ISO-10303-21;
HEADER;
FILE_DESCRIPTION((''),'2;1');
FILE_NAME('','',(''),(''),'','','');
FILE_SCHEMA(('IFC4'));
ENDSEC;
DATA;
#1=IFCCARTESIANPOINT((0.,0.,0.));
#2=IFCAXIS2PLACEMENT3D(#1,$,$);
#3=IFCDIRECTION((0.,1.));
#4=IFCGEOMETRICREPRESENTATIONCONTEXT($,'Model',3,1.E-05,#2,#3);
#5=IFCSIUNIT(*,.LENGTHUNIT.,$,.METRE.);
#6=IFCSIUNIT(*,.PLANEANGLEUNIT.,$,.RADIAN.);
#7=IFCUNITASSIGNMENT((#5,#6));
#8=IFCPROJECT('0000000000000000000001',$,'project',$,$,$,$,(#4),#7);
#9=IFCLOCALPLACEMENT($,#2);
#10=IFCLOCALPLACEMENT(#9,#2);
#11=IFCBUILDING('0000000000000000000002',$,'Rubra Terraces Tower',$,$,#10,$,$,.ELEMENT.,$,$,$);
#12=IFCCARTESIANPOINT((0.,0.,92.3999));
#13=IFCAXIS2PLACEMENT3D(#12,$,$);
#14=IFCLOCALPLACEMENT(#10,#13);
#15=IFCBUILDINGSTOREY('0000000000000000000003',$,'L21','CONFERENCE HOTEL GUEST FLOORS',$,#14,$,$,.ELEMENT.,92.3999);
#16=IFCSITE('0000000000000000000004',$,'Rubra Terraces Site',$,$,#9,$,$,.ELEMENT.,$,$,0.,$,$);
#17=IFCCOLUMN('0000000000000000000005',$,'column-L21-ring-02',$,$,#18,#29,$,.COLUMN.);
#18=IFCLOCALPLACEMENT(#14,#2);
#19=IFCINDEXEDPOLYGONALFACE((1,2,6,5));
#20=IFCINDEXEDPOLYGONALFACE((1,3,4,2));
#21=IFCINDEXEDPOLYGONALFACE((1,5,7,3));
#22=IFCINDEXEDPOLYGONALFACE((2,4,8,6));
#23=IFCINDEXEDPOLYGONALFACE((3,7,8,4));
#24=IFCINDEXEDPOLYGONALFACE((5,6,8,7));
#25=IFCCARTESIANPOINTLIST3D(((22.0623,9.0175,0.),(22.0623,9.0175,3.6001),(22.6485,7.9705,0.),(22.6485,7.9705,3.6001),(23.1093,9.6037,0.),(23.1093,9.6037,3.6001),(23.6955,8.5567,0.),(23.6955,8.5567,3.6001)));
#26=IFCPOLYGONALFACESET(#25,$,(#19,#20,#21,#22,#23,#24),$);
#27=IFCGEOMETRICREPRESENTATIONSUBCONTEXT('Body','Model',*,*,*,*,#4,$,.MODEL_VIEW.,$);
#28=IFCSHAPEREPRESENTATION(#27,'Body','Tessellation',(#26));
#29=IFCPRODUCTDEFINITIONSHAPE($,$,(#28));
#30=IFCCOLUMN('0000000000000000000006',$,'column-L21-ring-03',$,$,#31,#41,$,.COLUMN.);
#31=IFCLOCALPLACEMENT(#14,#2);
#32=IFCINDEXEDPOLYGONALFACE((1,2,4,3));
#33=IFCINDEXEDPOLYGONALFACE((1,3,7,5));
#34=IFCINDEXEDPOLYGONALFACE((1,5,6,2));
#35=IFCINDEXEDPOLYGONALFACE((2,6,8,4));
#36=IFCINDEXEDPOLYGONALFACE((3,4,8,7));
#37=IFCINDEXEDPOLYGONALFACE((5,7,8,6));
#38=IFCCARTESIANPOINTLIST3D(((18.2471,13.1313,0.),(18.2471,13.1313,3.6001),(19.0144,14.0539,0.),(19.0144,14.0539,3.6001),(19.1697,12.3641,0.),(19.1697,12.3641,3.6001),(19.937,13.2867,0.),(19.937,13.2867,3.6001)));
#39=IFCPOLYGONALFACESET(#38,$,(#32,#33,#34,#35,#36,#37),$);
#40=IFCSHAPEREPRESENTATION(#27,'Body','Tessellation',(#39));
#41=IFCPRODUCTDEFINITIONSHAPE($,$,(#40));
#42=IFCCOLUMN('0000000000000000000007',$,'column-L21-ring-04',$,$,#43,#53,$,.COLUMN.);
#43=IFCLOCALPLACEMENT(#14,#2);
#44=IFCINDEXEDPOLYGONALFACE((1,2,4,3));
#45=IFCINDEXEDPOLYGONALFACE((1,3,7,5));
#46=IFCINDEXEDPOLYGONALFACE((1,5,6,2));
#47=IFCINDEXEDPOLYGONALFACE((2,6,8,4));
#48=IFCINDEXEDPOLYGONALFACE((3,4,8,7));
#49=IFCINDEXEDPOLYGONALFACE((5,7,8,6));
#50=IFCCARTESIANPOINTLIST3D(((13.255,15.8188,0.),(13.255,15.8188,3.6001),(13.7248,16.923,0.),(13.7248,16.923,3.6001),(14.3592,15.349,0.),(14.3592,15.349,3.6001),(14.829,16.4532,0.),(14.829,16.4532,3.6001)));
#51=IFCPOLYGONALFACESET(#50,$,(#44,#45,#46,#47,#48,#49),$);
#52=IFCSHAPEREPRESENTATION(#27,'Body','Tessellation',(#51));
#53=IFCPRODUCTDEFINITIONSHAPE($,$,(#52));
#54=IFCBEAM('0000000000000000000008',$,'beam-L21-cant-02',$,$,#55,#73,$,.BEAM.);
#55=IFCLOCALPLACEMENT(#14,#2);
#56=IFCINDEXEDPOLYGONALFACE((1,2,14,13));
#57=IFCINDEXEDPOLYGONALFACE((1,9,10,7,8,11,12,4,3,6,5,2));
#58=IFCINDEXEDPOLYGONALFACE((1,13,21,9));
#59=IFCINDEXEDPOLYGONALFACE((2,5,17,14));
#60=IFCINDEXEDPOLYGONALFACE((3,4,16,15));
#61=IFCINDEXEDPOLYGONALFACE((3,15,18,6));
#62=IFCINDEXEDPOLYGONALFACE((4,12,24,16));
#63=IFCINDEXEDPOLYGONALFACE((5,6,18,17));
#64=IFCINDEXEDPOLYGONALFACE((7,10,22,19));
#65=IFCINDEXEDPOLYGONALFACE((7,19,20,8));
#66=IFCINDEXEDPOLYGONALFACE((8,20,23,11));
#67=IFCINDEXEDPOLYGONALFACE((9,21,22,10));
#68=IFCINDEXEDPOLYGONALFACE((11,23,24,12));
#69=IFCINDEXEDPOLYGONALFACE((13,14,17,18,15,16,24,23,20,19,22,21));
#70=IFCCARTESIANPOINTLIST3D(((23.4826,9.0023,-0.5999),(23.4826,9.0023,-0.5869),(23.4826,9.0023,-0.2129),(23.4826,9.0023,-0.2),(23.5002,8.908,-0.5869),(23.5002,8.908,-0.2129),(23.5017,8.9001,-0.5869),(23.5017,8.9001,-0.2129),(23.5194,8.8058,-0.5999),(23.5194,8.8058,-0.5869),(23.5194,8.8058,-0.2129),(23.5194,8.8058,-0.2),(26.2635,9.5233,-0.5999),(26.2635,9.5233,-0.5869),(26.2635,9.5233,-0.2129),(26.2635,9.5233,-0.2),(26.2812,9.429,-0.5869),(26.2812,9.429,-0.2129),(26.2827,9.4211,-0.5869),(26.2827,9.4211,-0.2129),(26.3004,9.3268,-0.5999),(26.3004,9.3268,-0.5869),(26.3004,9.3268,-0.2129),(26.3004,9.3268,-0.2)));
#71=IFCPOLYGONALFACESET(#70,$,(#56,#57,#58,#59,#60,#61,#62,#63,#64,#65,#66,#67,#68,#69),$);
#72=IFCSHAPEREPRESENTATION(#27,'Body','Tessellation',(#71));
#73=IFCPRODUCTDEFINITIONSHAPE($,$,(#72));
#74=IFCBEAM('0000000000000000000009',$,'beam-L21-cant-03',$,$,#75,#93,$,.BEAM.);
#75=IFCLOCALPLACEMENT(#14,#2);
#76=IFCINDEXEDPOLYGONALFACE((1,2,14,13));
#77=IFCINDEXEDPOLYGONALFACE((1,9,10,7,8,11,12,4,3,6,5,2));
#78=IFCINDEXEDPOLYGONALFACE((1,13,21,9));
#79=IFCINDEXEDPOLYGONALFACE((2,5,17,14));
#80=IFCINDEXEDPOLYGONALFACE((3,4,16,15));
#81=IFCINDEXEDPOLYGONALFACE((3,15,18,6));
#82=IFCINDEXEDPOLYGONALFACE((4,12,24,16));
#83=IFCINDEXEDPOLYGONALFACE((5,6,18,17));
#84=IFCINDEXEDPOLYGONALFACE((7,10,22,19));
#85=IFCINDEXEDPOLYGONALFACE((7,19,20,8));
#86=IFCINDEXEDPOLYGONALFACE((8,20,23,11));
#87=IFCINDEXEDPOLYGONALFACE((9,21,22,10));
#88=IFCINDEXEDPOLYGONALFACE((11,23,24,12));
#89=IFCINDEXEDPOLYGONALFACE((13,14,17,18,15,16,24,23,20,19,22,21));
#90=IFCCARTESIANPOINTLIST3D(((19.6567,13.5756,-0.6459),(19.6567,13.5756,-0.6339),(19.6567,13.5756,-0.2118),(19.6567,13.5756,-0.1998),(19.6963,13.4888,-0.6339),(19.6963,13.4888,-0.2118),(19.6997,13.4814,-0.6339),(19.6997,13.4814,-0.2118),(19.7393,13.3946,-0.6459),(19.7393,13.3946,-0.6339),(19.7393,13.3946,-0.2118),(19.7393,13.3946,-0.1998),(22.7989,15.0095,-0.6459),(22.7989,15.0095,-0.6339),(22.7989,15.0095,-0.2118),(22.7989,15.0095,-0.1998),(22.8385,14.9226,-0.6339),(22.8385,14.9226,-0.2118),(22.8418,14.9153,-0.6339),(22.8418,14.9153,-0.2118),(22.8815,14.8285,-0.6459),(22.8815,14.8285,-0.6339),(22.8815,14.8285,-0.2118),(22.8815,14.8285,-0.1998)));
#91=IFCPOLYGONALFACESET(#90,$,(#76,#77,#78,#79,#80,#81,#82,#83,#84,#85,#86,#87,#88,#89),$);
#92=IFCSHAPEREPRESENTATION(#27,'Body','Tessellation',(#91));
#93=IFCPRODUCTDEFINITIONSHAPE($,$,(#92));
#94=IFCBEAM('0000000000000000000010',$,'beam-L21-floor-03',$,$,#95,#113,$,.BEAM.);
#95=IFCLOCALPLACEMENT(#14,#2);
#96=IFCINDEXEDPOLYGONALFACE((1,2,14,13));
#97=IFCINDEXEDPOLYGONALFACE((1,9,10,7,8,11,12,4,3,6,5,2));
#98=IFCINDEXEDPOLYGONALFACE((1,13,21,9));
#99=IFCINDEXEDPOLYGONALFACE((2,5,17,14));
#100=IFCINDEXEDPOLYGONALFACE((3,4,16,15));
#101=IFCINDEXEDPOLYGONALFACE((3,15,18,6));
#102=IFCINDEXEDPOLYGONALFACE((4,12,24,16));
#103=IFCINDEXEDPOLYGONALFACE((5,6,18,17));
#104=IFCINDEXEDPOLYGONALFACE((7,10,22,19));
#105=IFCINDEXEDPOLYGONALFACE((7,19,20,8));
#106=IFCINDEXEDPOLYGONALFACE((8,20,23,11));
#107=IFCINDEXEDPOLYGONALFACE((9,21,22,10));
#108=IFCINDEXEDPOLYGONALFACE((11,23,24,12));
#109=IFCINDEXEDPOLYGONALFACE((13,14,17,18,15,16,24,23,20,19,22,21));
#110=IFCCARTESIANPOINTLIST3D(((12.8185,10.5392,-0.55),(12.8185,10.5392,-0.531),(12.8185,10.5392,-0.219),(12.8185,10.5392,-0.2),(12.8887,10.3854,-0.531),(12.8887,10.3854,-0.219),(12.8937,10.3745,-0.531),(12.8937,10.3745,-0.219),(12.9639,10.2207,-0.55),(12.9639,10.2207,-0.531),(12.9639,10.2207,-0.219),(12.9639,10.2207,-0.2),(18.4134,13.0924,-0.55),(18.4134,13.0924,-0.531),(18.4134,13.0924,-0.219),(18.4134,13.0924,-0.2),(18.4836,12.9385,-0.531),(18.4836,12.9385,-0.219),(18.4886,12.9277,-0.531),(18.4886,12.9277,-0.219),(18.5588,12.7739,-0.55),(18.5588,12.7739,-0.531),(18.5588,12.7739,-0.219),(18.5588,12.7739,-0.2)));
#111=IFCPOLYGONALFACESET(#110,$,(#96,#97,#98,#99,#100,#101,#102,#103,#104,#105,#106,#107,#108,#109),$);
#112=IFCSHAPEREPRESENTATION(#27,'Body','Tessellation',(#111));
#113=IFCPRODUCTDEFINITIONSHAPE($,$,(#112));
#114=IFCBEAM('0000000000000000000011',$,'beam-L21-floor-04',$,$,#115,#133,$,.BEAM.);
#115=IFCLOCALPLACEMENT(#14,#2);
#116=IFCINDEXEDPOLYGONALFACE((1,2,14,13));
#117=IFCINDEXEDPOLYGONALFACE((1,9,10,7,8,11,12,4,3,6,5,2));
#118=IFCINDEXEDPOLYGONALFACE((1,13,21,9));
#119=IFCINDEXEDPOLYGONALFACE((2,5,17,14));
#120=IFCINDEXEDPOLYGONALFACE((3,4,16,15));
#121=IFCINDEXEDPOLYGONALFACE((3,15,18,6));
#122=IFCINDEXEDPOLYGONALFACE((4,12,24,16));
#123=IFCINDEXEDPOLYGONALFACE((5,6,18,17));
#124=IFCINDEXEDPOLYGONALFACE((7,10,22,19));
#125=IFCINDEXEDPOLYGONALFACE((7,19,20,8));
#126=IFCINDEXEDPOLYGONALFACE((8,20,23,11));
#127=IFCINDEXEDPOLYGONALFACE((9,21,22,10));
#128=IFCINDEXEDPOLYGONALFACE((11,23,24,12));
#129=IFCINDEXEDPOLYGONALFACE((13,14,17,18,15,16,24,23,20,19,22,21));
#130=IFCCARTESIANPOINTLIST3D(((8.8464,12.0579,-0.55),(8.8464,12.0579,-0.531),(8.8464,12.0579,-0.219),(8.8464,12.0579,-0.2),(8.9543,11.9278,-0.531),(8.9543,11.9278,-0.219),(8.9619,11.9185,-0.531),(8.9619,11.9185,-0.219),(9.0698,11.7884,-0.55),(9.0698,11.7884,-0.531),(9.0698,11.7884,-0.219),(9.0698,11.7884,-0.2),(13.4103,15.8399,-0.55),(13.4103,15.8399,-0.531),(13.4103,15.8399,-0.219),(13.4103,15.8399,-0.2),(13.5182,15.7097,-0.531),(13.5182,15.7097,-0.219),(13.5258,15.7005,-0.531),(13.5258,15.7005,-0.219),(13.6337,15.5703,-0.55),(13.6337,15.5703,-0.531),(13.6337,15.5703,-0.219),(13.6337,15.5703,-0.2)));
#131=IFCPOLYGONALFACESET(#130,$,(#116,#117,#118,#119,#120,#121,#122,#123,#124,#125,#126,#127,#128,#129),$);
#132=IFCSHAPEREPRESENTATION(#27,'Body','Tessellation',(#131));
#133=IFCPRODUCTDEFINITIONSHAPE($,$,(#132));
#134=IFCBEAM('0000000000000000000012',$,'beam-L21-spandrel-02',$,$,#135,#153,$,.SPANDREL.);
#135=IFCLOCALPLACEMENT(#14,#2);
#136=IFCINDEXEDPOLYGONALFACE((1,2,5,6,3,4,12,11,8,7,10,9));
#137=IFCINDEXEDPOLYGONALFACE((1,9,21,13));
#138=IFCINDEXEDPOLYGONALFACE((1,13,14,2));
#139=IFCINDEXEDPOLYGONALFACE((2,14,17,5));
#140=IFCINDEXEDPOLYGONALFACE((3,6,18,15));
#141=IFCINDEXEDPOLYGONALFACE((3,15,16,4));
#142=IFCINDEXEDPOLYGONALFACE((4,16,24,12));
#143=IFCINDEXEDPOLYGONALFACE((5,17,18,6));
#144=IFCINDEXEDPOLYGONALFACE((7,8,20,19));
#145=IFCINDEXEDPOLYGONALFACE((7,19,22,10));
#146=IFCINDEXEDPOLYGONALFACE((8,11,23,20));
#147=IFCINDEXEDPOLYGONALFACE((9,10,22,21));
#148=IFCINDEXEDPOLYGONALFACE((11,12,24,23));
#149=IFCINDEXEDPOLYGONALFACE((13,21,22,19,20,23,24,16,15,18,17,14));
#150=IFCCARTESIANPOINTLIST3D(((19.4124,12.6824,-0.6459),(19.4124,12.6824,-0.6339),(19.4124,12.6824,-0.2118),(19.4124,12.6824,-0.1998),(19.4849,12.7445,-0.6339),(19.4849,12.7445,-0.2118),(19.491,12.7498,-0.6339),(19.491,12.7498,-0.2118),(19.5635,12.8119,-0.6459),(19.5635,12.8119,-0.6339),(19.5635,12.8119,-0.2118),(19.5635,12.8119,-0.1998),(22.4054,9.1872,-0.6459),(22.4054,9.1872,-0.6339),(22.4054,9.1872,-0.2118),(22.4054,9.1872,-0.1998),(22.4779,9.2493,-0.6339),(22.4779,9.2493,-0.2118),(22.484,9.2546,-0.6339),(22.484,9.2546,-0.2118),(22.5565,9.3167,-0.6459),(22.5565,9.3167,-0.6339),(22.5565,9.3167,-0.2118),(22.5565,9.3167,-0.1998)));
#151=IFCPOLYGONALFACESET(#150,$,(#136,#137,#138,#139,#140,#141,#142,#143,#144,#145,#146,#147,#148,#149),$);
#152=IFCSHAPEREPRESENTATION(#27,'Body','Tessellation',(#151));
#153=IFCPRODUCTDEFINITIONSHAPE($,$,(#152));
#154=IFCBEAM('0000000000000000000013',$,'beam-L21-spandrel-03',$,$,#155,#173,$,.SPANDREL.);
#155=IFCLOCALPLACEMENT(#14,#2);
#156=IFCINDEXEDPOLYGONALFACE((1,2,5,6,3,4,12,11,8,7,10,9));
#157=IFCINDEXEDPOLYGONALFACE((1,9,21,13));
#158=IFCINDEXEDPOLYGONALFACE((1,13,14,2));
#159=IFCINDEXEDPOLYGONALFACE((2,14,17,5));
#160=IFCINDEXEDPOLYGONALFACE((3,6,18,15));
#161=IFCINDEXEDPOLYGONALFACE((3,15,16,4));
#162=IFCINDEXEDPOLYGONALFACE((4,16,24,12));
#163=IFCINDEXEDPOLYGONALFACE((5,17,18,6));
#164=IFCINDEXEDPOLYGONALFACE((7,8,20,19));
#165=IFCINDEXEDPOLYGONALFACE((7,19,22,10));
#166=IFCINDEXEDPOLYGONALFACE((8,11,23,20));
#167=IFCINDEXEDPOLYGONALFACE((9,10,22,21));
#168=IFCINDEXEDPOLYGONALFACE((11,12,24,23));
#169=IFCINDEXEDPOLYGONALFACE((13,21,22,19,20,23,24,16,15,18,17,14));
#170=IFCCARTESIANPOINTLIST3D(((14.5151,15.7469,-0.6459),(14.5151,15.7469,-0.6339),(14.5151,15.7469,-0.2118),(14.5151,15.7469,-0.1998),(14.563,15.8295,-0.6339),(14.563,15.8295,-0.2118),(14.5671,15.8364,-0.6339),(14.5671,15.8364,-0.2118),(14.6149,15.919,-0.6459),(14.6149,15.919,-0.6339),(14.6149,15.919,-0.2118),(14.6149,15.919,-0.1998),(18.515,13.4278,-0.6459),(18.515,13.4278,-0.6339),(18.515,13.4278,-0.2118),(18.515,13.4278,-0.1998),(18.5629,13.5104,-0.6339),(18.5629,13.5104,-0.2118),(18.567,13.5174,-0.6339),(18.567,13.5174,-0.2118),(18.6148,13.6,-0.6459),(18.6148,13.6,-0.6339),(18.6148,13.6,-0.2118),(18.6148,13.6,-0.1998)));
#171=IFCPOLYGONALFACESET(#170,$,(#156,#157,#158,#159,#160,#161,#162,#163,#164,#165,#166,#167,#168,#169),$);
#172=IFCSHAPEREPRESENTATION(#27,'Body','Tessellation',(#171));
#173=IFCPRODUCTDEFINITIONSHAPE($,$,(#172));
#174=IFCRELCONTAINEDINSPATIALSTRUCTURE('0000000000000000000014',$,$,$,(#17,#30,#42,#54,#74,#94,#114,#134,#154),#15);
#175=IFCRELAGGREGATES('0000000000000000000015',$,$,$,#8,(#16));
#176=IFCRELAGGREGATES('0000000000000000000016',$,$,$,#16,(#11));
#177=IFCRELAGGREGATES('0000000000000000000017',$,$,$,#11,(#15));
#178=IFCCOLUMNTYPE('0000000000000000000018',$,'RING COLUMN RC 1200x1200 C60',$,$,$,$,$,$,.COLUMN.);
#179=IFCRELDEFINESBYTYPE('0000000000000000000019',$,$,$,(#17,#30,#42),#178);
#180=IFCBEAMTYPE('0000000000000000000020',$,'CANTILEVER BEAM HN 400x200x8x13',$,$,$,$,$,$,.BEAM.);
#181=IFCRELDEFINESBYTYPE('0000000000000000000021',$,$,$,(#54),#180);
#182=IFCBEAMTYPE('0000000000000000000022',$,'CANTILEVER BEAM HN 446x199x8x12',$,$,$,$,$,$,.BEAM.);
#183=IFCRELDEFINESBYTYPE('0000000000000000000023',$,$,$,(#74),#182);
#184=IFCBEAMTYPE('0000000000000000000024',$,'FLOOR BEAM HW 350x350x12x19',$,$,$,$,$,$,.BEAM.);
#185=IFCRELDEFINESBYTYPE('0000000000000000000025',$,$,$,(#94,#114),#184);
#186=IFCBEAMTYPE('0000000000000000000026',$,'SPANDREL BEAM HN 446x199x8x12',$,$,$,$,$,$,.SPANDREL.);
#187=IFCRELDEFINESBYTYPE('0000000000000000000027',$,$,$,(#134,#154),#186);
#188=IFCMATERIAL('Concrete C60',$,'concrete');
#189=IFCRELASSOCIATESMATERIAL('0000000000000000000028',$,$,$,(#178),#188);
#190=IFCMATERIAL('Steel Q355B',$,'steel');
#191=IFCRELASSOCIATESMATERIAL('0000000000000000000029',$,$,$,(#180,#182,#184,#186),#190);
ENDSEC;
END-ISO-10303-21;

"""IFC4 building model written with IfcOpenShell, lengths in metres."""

from ifc_helpers import new_model, si_unit, direction, frame, origin, origin_2d, place, context, subcontext, project, spatial, rectangle, i_section, extrude, material, material_profile, profile_set, type_object, element, save


model = new_model("IFC4")

# Units and contexts
model_context = context("Model", 3, precision=1e-05, world=origin(), true_north=direction((0.0, 1.0)))
body_context = subcontext(model_context, "Body", "Model", "MODEL_VIEW")
ifc_project = project(units=[si_unit("LENGTHUNIT", "METRE"), si_unit("PLANEANGLEUNIT", "RADIAN")], contexts=[model_context])

# Site, building, storey
site_placement = place(None, origin())
site = spatial("IfcSite", under=ifc_project, at=site_placement, Name="Rubra Terraces Site", CompositionType="ELEMENT", RefElevation=0.0)
building_placement = place(site_placement, origin())
building = spatial("IfcBuilding", under=site, at=building_placement, Name="Rubra Terraces Tower", CompositionType="ELEMENT")
storey_placement = place(building_placement, frame((0.0, 0.0, 92.3999)))
storey = spatial("IfcBuildingStorey", under=building, at=storey_placement, Name="L21", Description="CONFERENCE HOTEL GUEST FLOORS", CompositionType="ELEMENT", Elevation=92.3999)

# Columns
ifc_material_1 = material(Name="Concrete C60", Category="concrete")
ifc_material_profile_1 = material_profile(ifc_material_1, rectangle(XDim=1.2, YDim=1.2, at=origin_2d()), Name="RC 1200x1200")
ifc_profile_set_1 = profile_set([ifc_material_profile_1], Name="Concrete C60")
column_type = type_object("IfcColumnType", Name="RING COLUMN RC 1200x1200 C60", PredefinedType="COLUMN", material=ifc_profile_set_1)
for number, where, z_axis, x_axis, name in (
    (1, (22.8789, 8.7871, 0.0), (0.0, 0.0, 1.0), (-0.488526, 0.872549, 0.0), "column-L21-ring-02"),
    (2, (19.092, 13.209, 0.0), (0.0, 0.0, 1.0), (-0.76887, 0.639405, 0.0), "column-L21-ring-03"),
    (3, (14.042, 16.136, 0.0), (0.0, 0.0, 1.0), (-0.920168, 0.391524, 0.0), "column-L21-ring-04"),
):
    element("IfcColumn", number, at=place(storey_placement, frame(where, z_axis=z_axis, x_axis=x_axis)), inside=storey, type_object=column_type, Name=name, PredefinedType="COLUMN", context=body_context, shape_type="SweptSolid", body=[
        extrude(rectangle(XDim=1.2, YDim=1.2, at=origin_2d()), origin(), (0.0, 0.0, 1.0), 3.6001),
    ])

# Beams
ifc_material_2 = material(Name="Steel Q355B", Category="steel")
ifc_material_profile_2 = material_profile(ifc_material_2, i_section(OverallWidth=0.2, OverallDepth=0.3999, WebThickness=0.0081, FlangeThickness=0.0129, at=origin_2d()), Name="HN 400x200x8x13")
ifc_profile_set_2 = profile_set([ifc_material_profile_2], Name="Steel Q355B")
beam_type_1 = type_object("IfcBeamType", Name="CANTILEVER BEAM HN 400x200x8x13", PredefinedType="BEAM", material=ifc_profile_set_2)
beam_1_placement = place(storey_placement, frame((23.501, 8.9041, -0.3999), z_axis=(0.982901, 0.184137, 0.0), x_axis=(-0.184137, 0.982901, 0.0)))
element("IfcBeam", 4, at=beam_1_placement, inside=storey, type_object=beam_type_1, Name="beam-L21-cant-02", PredefinedType="BEAM", context=body_context, shape_type="SweptSolid", body=[
    extrude(i_section(OverallWidth=0.2, OverallDepth=0.3999, WebThickness=0.0081, FlangeThickness=0.0129, at=origin_2d()), origin(), (0.0, 0.0, 1.0), 2.8293),
])
ifc_material_profile_3 = material_profile(ifc_material_2, i_section(OverallWidth=0.199, OverallDepth=0.446, WebThickness=0.0081, FlangeThickness=0.012, at=origin_2d()), Name="HN 446x199x8x12")
ifc_profile_set_3 = profile_set([ifc_material_profile_3], Name="Steel Q355B")
beam_type_2 = type_object("IfcBeamType", Name="CANTILEVER BEAM HN 446x199x8x12", PredefinedType="BEAM", material=ifc_profile_set_3)
beam_2_placement = place(storey_placement, frame((19.698, 13.4851, -0.4229), z_axis=(0.909753, 0.41515, 0.0), x_axis=(-0.41515, 0.909753, 0.0)))
element("IfcBeam", 5, at=beam_2_placement, inside=storey, type_object=beam_type_2, Name="beam-L21-cant-03", PredefinedType="BEAM", context=body_context, shape_type="SweptSolid", body=[
    extrude(i_section(OverallWidth=0.199, OverallDepth=0.446, WebThickness=0.0081, FlangeThickness=0.012, at=origin_2d()), origin(), (0.0, 0.0, 1.0), 3.4539),
])
ifc_material_profile_4 = material_profile(ifc_material_2, i_section(OverallWidth=0.3501, OverallDepth=0.3501, WebThickness=0.012, FlangeThickness=0.019, at=origin_2d()), Name="HW 350x350x12x19")
ifc_profile_set_4 = profile_set([ifc_material_profile_4], Name="Steel Q355B")
beam_type_3 = type_object("IfcBeamType", Name="FLOOR BEAM HW 350x350x12x19", PredefinedType="BEAM", material=ifc_profile_set_4)
beam_3_placement = place(storey_placement, frame((18.4861, 12.9331, -0.375), z_axis=(-0.90975, -0.415157, 0.0), x_axis=(0.415157, -0.90975, 0.0)))
element("IfcBeam", 6, at=beam_3_placement, inside=storey, type_object=beam_type_3, Name="beam-L21-floor-03", PredefinedType="BEAM", context=body_context, shape_type="SweptSolid", body=[
    extrude(i_section(OverallWidth=0.3501, OverallDepth=0.3501, WebThickness=0.012, FlangeThickness=0.019, at=origin_2d()), origin(), (0.0, 0.0, 1.0), 6.1499),
])
beam_4_placement = place(storey_placement, frame((13.522, 15.7051, -0.375), z_axis=(-0.769987, -0.638059, 0.0), x_axis=(0.638059, -0.769987, 0.0)))
element("IfcBeam", 7, at=beam_4_placement, inside=storey, type_object=beam_type_3, Name="beam-L21-floor-04", PredefinedType="BEAM", context=body_context, shape_type="SweptSolid", body=[
    extrude(i_section(OverallWidth=0.3501, OverallDepth=0.3501, WebThickness=0.012, FlangeThickness=0.019, at=origin_2d()), origin(), (0.0, 0.0, 1.0), 5.9272),
])
ifc_material_profile_5 = material_profile(ifc_material_2, i_section(OverallWidth=0.199, OverallDepth=0.446, WebThickness=0.0081, FlangeThickness=0.012, at=origin_2d()), Name="HN 446x199x8x12")
ifc_profile_set_5 = profile_set([ifc_material_profile_5], Name="Steel Q355B")
beam_type_4 = type_object("IfcBeamType", Name="SPANDREL BEAM HN 446x199x8x12", PredefinedType="SPANDREL", material=ifc_profile_set_5)
beam_5_placement = place(storey_placement, frame((22.481, 9.252, -0.4229), z_axis=(-0.650429, 0.759567, 0.0), x_axis=(-0.759567, -0.650429, 0.0)))
element("IfcBeam", 8, at=beam_5_placement, inside=storey, type_object=beam_type_4, Name="beam-L21-spandrel-02", PredefinedType="SPANDREL", context=body_context, shape_type="SweptSolid", body=[
    extrude(i_section(OverallWidth=0.199, OverallDepth=0.446, WebThickness=0.0081, FlangeThickness=0.012, at=origin_2d()), origin(), (0.0, 0.0, 1.0), 4.6016),
])
beam_6_placement = place(storey_placement, frame((18.5649, 13.5139, -0.4229), z_axis=(-0.865116, 0.501571, 0.0), x_axis=(-0.501571, -0.865116, 0.0)))
element("IfcBeam", 9, at=beam_6_placement, inside=storey, type_object=beam_type_4, Name="beam-L21-spandrel-03", PredefinedType="SPANDREL", context=body_context, shape_type="SweptSolid", body=[
    extrude(i_section(OverallWidth=0.199, OverallDepth=0.446, WebThickness=0.0081, FlangeThickness=0.012, at=origin_2d()), origin(), (0.0, 0.0, 1.0), 4.6235),
])

save(model, "model.ifc")
